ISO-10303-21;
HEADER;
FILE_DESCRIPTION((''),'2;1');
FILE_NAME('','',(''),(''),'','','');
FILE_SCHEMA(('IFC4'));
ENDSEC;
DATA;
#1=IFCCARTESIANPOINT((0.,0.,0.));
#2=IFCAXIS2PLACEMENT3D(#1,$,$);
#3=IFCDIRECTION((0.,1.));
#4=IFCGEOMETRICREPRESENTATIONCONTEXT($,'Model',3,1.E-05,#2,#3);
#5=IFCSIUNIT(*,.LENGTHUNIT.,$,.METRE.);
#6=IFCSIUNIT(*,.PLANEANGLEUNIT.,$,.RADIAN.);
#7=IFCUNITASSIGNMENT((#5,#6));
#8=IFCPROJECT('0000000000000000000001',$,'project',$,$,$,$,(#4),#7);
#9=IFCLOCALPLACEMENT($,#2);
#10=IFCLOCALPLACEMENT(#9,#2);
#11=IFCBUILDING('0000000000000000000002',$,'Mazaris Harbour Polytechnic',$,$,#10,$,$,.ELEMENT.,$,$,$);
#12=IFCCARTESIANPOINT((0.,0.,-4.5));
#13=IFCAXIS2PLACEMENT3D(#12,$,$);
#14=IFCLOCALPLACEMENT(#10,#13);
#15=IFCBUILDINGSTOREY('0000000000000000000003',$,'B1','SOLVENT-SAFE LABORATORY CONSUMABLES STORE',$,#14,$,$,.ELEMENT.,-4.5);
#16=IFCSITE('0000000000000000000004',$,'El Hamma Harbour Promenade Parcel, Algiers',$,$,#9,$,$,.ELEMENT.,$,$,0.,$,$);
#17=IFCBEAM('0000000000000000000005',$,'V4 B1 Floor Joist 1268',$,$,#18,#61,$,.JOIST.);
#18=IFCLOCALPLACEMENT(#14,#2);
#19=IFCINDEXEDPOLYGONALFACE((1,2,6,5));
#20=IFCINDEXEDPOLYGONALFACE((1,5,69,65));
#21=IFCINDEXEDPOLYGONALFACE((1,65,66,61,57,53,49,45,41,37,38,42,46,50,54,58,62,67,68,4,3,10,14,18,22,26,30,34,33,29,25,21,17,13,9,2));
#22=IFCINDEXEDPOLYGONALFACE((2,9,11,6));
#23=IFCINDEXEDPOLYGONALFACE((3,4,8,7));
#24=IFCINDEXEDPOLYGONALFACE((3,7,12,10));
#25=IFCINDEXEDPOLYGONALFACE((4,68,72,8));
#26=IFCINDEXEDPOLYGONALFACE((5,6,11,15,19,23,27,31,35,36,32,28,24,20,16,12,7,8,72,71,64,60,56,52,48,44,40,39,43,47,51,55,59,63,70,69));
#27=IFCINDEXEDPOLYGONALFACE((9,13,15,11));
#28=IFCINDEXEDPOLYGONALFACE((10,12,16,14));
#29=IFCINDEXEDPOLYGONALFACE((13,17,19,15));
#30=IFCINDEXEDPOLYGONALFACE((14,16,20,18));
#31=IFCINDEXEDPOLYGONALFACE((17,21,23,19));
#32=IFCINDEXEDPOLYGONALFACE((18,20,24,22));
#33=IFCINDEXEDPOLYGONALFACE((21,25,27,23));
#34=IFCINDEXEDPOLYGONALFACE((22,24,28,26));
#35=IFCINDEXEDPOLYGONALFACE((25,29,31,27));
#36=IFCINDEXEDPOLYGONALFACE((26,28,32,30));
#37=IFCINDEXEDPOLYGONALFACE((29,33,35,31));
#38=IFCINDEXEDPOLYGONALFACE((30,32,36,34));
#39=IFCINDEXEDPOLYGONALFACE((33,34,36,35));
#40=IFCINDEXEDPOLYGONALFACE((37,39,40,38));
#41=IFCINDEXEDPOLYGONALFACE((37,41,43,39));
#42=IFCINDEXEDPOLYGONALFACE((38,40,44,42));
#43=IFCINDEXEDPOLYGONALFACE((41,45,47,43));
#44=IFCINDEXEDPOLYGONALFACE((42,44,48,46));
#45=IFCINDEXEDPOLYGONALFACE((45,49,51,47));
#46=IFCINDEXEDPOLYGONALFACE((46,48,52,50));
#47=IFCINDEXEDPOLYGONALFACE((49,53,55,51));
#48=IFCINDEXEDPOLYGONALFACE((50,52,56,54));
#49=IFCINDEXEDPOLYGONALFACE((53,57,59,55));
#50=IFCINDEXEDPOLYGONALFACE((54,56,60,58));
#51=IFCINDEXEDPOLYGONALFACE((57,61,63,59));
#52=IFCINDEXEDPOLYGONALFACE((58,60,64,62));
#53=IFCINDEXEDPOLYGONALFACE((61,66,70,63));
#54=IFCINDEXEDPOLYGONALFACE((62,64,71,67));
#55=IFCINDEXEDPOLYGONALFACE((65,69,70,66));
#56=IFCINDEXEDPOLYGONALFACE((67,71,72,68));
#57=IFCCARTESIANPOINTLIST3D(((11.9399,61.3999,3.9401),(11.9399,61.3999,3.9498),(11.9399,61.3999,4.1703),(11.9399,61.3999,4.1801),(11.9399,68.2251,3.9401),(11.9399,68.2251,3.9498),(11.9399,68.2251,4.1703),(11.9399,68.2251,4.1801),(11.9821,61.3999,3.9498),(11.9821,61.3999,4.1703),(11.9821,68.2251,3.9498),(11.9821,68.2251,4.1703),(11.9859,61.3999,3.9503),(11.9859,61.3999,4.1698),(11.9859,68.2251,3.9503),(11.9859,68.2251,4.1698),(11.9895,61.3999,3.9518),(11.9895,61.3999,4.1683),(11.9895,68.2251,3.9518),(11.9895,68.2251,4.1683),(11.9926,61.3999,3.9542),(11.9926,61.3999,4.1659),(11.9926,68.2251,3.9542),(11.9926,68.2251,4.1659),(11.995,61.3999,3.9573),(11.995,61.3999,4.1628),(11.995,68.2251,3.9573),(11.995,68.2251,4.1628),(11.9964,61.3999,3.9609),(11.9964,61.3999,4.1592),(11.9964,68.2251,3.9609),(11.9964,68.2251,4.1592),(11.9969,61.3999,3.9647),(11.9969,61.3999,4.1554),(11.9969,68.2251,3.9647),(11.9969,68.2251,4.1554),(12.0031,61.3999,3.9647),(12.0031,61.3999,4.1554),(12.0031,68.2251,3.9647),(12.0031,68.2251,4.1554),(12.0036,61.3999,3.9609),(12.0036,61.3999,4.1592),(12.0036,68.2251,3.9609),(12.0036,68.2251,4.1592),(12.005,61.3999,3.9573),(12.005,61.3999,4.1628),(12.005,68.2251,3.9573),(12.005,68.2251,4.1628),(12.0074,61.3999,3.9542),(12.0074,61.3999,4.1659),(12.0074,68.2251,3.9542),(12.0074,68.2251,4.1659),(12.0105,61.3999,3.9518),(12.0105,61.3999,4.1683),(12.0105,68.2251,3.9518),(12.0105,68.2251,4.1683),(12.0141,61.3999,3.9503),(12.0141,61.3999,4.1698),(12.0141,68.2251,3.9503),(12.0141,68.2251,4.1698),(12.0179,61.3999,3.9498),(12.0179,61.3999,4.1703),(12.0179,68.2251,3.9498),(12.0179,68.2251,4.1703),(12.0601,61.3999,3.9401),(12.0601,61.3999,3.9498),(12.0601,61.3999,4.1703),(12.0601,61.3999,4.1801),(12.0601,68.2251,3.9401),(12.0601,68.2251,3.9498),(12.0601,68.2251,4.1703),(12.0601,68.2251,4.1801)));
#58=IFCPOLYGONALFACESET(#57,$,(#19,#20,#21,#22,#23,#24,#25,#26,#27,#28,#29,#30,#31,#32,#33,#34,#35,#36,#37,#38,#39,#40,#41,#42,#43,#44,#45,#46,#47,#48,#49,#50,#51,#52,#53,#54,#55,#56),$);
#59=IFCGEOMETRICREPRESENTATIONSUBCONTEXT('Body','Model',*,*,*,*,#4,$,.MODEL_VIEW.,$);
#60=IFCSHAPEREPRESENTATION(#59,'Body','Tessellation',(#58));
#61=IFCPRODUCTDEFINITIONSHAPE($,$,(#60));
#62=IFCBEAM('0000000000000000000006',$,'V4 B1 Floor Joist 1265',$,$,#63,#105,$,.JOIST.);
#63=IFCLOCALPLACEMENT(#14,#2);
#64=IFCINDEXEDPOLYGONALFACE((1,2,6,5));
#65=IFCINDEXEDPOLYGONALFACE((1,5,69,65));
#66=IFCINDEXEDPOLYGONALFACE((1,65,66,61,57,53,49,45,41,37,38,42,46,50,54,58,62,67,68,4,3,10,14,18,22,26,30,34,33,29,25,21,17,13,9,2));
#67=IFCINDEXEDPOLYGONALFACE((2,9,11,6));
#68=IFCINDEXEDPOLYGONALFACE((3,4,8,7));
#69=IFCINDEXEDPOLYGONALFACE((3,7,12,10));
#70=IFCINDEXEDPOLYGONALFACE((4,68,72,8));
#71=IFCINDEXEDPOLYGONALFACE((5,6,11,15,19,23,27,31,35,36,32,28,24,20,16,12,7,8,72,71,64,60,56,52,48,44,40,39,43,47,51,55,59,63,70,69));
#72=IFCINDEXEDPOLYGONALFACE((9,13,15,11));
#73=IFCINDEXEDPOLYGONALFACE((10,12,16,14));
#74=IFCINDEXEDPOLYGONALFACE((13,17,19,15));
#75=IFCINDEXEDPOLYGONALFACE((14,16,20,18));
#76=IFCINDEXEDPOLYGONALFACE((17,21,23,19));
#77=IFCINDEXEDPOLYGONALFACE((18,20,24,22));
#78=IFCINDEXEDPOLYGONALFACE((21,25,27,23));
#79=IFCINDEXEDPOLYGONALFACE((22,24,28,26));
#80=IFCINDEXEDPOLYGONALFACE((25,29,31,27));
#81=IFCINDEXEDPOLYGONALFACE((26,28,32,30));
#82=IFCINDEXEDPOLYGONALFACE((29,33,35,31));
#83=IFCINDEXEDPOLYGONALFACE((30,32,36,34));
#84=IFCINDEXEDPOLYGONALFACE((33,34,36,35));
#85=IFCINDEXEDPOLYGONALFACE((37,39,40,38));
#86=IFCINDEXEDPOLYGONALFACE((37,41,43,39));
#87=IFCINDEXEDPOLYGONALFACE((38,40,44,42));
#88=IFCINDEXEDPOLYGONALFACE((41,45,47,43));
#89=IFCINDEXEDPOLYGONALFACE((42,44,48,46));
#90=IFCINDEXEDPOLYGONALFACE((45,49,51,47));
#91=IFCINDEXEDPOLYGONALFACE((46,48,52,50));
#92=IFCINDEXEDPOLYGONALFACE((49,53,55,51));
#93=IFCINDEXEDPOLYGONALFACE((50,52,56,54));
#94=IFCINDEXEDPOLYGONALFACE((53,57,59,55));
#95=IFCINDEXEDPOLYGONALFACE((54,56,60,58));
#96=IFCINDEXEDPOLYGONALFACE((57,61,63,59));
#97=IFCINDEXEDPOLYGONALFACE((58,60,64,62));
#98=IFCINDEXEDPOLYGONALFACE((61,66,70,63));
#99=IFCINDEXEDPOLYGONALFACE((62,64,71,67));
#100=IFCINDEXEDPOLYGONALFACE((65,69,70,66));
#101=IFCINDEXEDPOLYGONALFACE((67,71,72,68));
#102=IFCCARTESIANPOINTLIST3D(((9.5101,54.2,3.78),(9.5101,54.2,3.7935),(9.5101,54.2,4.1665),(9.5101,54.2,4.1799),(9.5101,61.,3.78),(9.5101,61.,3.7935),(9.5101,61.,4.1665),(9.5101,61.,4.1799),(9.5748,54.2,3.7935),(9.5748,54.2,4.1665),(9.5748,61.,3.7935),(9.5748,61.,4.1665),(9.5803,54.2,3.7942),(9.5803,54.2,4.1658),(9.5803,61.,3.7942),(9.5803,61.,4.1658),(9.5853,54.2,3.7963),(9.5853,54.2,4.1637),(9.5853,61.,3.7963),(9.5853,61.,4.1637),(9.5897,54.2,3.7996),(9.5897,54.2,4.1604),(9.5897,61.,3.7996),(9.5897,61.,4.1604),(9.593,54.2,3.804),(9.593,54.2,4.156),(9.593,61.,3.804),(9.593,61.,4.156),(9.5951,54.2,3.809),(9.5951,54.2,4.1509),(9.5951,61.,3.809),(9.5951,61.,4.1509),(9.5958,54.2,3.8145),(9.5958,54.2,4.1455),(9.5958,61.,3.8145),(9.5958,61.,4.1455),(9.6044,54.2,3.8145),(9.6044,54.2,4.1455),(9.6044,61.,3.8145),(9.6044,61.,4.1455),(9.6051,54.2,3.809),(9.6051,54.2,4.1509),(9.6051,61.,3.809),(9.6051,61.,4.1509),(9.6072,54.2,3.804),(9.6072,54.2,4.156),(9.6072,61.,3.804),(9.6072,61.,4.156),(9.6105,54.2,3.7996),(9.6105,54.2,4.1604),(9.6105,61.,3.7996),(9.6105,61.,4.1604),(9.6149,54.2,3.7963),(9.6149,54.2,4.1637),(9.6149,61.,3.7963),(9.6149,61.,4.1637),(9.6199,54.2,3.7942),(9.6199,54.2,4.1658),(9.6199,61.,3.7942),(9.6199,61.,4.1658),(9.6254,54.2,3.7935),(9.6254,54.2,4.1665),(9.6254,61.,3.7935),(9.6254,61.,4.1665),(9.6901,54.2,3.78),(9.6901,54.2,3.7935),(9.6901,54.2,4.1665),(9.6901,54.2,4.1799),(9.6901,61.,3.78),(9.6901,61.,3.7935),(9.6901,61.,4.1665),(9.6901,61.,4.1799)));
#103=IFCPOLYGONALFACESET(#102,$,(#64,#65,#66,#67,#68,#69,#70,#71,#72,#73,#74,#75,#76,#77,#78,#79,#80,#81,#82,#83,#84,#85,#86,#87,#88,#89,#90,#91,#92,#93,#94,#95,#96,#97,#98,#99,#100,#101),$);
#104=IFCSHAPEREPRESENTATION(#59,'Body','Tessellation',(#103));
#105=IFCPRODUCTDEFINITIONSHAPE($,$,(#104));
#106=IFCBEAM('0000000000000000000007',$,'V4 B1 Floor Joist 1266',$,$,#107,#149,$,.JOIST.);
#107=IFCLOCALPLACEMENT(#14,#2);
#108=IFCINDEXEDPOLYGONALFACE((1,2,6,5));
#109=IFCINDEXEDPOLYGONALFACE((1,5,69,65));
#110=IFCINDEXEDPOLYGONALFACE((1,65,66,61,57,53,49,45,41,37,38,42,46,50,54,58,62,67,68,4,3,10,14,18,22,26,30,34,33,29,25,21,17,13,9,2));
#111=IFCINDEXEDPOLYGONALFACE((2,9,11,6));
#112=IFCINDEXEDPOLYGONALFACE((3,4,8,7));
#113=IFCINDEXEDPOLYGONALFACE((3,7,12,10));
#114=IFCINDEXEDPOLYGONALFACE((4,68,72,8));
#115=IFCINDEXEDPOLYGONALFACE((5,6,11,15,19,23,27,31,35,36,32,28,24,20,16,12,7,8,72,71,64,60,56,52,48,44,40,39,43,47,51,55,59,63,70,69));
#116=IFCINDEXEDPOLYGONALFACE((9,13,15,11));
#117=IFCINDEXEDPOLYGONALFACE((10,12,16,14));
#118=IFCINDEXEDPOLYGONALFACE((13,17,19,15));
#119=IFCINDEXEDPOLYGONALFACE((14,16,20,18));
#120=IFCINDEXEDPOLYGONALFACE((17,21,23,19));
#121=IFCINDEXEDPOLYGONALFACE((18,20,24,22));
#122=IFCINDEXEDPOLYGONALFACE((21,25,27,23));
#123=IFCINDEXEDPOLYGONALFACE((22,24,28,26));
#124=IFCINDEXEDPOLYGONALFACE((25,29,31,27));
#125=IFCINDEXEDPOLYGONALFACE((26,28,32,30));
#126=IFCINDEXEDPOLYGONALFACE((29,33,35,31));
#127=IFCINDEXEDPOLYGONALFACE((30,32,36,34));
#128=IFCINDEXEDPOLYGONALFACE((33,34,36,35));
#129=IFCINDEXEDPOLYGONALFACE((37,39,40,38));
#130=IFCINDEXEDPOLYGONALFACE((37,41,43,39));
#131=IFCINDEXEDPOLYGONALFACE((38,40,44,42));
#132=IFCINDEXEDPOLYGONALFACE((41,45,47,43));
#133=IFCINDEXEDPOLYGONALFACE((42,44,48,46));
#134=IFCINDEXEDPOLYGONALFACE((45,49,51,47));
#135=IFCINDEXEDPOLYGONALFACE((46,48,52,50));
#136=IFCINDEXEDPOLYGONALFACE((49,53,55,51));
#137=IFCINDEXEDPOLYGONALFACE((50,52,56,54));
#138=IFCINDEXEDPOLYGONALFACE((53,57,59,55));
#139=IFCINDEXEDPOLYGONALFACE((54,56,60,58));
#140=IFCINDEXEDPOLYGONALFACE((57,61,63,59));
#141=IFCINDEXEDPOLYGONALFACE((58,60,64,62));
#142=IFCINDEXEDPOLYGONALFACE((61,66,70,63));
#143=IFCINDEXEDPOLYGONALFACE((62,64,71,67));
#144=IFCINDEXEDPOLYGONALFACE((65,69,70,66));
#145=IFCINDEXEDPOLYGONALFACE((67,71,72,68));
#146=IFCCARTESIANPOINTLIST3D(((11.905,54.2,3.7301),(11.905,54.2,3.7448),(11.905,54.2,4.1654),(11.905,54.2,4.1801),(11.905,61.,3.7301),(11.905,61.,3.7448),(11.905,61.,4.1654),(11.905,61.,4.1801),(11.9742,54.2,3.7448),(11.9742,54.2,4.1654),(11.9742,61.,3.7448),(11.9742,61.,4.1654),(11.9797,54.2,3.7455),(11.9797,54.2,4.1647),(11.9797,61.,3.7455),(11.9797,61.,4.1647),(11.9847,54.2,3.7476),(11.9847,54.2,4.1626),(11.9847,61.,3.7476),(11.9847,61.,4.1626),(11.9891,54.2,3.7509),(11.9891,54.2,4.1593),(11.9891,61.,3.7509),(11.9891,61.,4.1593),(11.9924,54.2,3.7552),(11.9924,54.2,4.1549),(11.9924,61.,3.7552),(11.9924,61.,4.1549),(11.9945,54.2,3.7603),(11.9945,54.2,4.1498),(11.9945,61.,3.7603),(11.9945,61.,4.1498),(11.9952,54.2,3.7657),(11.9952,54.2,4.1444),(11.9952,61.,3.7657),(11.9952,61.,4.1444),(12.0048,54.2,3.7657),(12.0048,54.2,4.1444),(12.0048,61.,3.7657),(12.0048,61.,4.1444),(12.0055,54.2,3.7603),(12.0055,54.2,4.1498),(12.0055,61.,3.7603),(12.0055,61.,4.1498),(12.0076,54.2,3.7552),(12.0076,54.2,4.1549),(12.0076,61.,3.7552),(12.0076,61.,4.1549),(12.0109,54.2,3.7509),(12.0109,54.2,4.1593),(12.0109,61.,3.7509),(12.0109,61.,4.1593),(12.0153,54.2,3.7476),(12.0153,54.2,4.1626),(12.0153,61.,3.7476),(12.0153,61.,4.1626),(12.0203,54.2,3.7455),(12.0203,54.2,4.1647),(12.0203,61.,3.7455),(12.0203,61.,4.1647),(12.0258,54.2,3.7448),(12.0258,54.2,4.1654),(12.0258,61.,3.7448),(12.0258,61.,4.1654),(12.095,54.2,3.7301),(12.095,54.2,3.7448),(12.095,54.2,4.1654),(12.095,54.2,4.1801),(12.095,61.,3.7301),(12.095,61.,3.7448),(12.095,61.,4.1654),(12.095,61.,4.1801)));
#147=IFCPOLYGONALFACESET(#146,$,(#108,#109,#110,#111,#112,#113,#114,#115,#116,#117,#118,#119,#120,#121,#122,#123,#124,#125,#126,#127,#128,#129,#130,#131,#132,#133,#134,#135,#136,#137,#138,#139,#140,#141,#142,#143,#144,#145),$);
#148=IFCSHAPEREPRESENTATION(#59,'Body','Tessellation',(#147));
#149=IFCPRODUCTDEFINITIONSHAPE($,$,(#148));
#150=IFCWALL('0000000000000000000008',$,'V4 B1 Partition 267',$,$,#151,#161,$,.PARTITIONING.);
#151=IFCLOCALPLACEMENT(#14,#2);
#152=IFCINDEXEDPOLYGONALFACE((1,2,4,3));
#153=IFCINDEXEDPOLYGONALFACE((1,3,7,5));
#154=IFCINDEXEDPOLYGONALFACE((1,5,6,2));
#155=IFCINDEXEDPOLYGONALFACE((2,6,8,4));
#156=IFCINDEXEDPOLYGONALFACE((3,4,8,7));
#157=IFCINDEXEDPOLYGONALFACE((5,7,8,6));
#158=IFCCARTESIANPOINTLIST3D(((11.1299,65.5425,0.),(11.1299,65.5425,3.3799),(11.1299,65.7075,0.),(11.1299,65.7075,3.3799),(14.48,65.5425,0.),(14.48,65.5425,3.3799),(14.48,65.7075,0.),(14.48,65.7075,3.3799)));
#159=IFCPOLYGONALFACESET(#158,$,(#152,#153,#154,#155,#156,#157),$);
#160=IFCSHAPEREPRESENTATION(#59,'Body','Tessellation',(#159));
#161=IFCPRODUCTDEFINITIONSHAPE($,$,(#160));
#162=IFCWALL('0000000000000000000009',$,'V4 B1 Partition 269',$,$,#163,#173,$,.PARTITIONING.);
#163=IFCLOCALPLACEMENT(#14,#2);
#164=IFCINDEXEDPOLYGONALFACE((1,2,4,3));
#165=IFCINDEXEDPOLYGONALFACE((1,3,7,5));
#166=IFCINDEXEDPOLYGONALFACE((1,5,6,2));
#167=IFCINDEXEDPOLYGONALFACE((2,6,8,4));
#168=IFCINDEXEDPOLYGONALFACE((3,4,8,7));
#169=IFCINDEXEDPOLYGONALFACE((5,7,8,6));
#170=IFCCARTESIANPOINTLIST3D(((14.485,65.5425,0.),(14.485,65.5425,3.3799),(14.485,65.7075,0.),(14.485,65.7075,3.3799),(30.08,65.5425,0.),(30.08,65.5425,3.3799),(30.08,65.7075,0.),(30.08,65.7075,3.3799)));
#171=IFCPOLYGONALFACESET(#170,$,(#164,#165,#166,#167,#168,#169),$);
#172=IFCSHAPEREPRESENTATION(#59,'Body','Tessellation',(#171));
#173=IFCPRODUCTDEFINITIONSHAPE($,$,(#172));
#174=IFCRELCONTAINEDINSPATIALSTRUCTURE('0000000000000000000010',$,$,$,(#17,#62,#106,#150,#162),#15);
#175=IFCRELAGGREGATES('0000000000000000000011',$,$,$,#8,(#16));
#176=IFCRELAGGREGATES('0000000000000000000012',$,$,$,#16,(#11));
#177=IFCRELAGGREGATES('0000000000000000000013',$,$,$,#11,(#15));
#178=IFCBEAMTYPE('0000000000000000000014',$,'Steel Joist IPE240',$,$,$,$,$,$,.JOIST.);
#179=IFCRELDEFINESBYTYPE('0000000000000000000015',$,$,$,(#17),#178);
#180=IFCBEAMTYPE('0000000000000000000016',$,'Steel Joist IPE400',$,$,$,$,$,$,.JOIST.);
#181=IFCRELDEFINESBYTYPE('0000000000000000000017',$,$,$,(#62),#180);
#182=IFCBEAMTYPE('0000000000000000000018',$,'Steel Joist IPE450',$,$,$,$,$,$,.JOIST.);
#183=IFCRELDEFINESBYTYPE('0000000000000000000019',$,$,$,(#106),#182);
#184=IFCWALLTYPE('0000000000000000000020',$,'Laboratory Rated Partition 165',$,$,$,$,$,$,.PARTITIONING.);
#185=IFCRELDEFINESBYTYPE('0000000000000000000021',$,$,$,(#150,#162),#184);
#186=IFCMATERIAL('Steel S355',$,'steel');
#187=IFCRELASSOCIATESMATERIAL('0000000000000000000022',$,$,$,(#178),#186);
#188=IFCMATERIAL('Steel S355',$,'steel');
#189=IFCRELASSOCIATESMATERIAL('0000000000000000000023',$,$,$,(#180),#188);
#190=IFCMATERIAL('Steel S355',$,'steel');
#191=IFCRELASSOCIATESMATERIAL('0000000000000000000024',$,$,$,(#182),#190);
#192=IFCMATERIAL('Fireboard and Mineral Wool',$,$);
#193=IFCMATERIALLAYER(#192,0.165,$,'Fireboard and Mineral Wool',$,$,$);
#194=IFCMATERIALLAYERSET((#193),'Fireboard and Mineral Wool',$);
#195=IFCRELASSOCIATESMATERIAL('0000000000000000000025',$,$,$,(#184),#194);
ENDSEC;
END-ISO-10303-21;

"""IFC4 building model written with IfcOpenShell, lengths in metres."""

from ifc_helpers import new_model, si_unit, direction, frame, frame_2d, origin, origin_2d, place, context, subcontext, project, spatial, rectangle, i_section, extrude, material, layer, layer_set, material_profile, profile_set, type_object, element, save


model = new_model("IFC4")

# Units and contexts
model_context = context("Model", 3, precision=1e-05, world=origin(), true_north=direction((0.0, 1.0)))
body_context = subcontext(model_context, "Body", "Model", "MODEL_VIEW")
ifc_project = project(units=[si_unit("LENGTHUNIT", "METRE"), si_unit("PLANEANGLEUNIT", "RADIAN")], contexts=[model_context])

# Site, building, storey
site_placement = place(None, origin())
site = spatial("IfcSite", under=ifc_project, at=site_placement, Name="El Hamma Harbour Promenade Parcel, Algiers", CompositionType="ELEMENT", RefElevation=0.0)
building_placement = place(site_placement, origin())
building = spatial("IfcBuilding", under=site, at=building_placement, Name="Mazaris Harbour Polytechnic", CompositionType="ELEMENT")
storey_placement = place(building_placement, frame((0.0, 0.0, -4.5)))
storey = spatial("IfcBuildingStorey", under=building, at=storey_placement, Name="B1", Description="SOLVENT-SAFE LABORATORY CONSUMABLES STORE", CompositionType="ELEMENT", Elevation=-4.5)

# Beams
ifc_material_1 = material(Name="Steel S355", Category="steel")
ifc_material_profile_1 = material_profile(ifc_material_1, i_section(OverallWidth=0.1201, OverallDepth=0.24, WebThickness=0.0061, FlangeThickness=0.0098, FilletRadius=0.0149, at=origin_2d()), Name="IPE 240")
ifc_profile_set_1 = profile_set([ifc_material_profile_1], Name="Steel S355")
beam_type_1 = type_object("IfcBeamType", Name="Steel Joist IPE240", PredefinedType="JOIST", material=ifc_profile_set_1)
beam_1_placement = place(storey_placement, frame((12.0, 61.3999, 4.0601), z_axis=(0.0, 1.0, 0.0), x_axis=(-1.0, 0.0, 0.0)))
element("IfcBeam", 1, at=beam_1_placement, inside=storey, type_object=beam_type_1, Name="V4 B1 Floor Joist 1268", PredefinedType="JOIST", context=body_context, shape_type="SweptSolid", body=[
    extrude(i_section(OverallWidth=0.1201, OverallDepth=0.24, WebThickness=0.0061, FlangeThickness=0.0098, FilletRadius=0.0149, at=origin_2d()), origin(), (0.0, 0.0, 1.0), 6.8252),
])
ifc_material_2 = material(Name="Steel S355", Category="steel")
ifc_material_profile_2 = material_profile(ifc_material_2, i_section(OverallWidth=0.1799, OverallDepth=0.3999, WebThickness=0.0085, FlangeThickness=0.0134, FilletRadius=0.021, at=origin_2d()), Name="IPE 400")
ifc_profile_set_2 = profile_set([ifc_material_profile_2], Name="Steel S355")
beam_type_2 = type_object("IfcBeamType", Name="Steel Joist IPE400", PredefinedType="JOIST", material=ifc_profile_set_2)
beam_2_placement = place(storey_placement, frame((9.6001, 54.2, 3.98), z_axis=(0.0, 1.0, 0.0), x_axis=(-1.0, 0.0, 0.0)))
element("IfcBeam", 2, at=beam_2_placement, inside=storey, type_object=beam_type_2, Name="V4 B1 Floor Joist 1265", PredefinedType="JOIST", context=body_context, shape_type="SweptSolid", body=[
    extrude(i_section(OverallWidth=0.1799, OverallDepth=0.3999, WebThickness=0.0085, FlangeThickness=0.0134, FilletRadius=0.021, at=origin_2d()), origin(), (0.0, 0.0, 1.0), 6.8),
])
ifc_material_3 = material(Name="Steel S355", Category="steel")
ifc_material_profile_3 = material_profile(ifc_material_3, i_section(OverallWidth=0.1899, OverallDepth=0.45, WebThickness=0.0095, FlangeThickness=0.0146, FilletRadius=0.021, at=origin_2d()), Name="IPE 450")
ifc_profile_set_3 = profile_set([ifc_material_profile_3], Name="Steel S355")
beam_type_3 = type_object("IfcBeamType", Name="Steel Joist IPE450", PredefinedType="JOIST", material=ifc_profile_set_3)
beam_3_placement = place(storey_placement, frame((12.0, 54.2, 3.9551), z_axis=(0.0, 1.0, 0.0), x_axis=(-1.0, 0.0, 0.0)))
element("IfcBeam", 3, at=beam_3_placement, inside=storey, type_object=beam_type_3, Name="V4 B1 Floor Joist 1266", PredefinedType="JOIST", context=body_context, shape_type="SweptSolid", body=[
    extrude(i_section(OverallWidth=0.1899, OverallDepth=0.45, WebThickness=0.0095, FlangeThickness=0.0146, FilletRadius=0.021, at=origin_2d()), origin(), (0.0, 0.0, 1.0), 6.8),
])

# Walls
ifc_material_4 = material(Name="Fireboard and Mineral Wool")
ifc_layer = layer(ifc_material_4, 0.165, Name="Fireboard and Mineral Wool")
ifc_layer_set = layer_set([ifc_layer], Name="Fireboard and Mineral Wool")
wall_type = type_object("IfcWallType", Name="Laboratory Rated Partition 165", PredefinedType="PARTITIONING", material=ifc_layer_set)
wall_1_placement = place(storey_placement, frame((11.1299, 65.625, 0.0), z_axis=(0.0, 0.0, 1.0), x_axis=(1.0, 0.0, 0.0)))
element("IfcWall", 4, at=wall_1_placement, inside=storey, type_object=wall_type, Name="V4 B1 Partition 267", PredefinedType="PARTITIONING", context=body_context, shape_type="SweptSolid", body=[
    extrude(rectangle(XDim=3.3501, YDim=0.165, at=frame_2d((1.675, 0.0))), origin(), (0.0, 0.0, 1.0), 3.3799),
])
wall_2_placement = place(storey_placement, frame((14.4851, 65.625, 0.0), z_axis=(0.0, 0.0, 1.0), x_axis=(1.0, 0.0, 0.0)))
element("IfcWall", 5, at=wall_2_placement, inside=storey, type_object=wall_type, Name="V4 B1 Partition 269", PredefinedType="PARTITIONING", context=body_context, shape_type="SweptSolid", body=[
    extrude(rectangle(XDim=15.595, YDim=0.165, at=frame_2d((7.7974, 0.0))), origin(), (0.0, 0.0, 1.0), 3.3799),
])

save(model, "model.ifc")
